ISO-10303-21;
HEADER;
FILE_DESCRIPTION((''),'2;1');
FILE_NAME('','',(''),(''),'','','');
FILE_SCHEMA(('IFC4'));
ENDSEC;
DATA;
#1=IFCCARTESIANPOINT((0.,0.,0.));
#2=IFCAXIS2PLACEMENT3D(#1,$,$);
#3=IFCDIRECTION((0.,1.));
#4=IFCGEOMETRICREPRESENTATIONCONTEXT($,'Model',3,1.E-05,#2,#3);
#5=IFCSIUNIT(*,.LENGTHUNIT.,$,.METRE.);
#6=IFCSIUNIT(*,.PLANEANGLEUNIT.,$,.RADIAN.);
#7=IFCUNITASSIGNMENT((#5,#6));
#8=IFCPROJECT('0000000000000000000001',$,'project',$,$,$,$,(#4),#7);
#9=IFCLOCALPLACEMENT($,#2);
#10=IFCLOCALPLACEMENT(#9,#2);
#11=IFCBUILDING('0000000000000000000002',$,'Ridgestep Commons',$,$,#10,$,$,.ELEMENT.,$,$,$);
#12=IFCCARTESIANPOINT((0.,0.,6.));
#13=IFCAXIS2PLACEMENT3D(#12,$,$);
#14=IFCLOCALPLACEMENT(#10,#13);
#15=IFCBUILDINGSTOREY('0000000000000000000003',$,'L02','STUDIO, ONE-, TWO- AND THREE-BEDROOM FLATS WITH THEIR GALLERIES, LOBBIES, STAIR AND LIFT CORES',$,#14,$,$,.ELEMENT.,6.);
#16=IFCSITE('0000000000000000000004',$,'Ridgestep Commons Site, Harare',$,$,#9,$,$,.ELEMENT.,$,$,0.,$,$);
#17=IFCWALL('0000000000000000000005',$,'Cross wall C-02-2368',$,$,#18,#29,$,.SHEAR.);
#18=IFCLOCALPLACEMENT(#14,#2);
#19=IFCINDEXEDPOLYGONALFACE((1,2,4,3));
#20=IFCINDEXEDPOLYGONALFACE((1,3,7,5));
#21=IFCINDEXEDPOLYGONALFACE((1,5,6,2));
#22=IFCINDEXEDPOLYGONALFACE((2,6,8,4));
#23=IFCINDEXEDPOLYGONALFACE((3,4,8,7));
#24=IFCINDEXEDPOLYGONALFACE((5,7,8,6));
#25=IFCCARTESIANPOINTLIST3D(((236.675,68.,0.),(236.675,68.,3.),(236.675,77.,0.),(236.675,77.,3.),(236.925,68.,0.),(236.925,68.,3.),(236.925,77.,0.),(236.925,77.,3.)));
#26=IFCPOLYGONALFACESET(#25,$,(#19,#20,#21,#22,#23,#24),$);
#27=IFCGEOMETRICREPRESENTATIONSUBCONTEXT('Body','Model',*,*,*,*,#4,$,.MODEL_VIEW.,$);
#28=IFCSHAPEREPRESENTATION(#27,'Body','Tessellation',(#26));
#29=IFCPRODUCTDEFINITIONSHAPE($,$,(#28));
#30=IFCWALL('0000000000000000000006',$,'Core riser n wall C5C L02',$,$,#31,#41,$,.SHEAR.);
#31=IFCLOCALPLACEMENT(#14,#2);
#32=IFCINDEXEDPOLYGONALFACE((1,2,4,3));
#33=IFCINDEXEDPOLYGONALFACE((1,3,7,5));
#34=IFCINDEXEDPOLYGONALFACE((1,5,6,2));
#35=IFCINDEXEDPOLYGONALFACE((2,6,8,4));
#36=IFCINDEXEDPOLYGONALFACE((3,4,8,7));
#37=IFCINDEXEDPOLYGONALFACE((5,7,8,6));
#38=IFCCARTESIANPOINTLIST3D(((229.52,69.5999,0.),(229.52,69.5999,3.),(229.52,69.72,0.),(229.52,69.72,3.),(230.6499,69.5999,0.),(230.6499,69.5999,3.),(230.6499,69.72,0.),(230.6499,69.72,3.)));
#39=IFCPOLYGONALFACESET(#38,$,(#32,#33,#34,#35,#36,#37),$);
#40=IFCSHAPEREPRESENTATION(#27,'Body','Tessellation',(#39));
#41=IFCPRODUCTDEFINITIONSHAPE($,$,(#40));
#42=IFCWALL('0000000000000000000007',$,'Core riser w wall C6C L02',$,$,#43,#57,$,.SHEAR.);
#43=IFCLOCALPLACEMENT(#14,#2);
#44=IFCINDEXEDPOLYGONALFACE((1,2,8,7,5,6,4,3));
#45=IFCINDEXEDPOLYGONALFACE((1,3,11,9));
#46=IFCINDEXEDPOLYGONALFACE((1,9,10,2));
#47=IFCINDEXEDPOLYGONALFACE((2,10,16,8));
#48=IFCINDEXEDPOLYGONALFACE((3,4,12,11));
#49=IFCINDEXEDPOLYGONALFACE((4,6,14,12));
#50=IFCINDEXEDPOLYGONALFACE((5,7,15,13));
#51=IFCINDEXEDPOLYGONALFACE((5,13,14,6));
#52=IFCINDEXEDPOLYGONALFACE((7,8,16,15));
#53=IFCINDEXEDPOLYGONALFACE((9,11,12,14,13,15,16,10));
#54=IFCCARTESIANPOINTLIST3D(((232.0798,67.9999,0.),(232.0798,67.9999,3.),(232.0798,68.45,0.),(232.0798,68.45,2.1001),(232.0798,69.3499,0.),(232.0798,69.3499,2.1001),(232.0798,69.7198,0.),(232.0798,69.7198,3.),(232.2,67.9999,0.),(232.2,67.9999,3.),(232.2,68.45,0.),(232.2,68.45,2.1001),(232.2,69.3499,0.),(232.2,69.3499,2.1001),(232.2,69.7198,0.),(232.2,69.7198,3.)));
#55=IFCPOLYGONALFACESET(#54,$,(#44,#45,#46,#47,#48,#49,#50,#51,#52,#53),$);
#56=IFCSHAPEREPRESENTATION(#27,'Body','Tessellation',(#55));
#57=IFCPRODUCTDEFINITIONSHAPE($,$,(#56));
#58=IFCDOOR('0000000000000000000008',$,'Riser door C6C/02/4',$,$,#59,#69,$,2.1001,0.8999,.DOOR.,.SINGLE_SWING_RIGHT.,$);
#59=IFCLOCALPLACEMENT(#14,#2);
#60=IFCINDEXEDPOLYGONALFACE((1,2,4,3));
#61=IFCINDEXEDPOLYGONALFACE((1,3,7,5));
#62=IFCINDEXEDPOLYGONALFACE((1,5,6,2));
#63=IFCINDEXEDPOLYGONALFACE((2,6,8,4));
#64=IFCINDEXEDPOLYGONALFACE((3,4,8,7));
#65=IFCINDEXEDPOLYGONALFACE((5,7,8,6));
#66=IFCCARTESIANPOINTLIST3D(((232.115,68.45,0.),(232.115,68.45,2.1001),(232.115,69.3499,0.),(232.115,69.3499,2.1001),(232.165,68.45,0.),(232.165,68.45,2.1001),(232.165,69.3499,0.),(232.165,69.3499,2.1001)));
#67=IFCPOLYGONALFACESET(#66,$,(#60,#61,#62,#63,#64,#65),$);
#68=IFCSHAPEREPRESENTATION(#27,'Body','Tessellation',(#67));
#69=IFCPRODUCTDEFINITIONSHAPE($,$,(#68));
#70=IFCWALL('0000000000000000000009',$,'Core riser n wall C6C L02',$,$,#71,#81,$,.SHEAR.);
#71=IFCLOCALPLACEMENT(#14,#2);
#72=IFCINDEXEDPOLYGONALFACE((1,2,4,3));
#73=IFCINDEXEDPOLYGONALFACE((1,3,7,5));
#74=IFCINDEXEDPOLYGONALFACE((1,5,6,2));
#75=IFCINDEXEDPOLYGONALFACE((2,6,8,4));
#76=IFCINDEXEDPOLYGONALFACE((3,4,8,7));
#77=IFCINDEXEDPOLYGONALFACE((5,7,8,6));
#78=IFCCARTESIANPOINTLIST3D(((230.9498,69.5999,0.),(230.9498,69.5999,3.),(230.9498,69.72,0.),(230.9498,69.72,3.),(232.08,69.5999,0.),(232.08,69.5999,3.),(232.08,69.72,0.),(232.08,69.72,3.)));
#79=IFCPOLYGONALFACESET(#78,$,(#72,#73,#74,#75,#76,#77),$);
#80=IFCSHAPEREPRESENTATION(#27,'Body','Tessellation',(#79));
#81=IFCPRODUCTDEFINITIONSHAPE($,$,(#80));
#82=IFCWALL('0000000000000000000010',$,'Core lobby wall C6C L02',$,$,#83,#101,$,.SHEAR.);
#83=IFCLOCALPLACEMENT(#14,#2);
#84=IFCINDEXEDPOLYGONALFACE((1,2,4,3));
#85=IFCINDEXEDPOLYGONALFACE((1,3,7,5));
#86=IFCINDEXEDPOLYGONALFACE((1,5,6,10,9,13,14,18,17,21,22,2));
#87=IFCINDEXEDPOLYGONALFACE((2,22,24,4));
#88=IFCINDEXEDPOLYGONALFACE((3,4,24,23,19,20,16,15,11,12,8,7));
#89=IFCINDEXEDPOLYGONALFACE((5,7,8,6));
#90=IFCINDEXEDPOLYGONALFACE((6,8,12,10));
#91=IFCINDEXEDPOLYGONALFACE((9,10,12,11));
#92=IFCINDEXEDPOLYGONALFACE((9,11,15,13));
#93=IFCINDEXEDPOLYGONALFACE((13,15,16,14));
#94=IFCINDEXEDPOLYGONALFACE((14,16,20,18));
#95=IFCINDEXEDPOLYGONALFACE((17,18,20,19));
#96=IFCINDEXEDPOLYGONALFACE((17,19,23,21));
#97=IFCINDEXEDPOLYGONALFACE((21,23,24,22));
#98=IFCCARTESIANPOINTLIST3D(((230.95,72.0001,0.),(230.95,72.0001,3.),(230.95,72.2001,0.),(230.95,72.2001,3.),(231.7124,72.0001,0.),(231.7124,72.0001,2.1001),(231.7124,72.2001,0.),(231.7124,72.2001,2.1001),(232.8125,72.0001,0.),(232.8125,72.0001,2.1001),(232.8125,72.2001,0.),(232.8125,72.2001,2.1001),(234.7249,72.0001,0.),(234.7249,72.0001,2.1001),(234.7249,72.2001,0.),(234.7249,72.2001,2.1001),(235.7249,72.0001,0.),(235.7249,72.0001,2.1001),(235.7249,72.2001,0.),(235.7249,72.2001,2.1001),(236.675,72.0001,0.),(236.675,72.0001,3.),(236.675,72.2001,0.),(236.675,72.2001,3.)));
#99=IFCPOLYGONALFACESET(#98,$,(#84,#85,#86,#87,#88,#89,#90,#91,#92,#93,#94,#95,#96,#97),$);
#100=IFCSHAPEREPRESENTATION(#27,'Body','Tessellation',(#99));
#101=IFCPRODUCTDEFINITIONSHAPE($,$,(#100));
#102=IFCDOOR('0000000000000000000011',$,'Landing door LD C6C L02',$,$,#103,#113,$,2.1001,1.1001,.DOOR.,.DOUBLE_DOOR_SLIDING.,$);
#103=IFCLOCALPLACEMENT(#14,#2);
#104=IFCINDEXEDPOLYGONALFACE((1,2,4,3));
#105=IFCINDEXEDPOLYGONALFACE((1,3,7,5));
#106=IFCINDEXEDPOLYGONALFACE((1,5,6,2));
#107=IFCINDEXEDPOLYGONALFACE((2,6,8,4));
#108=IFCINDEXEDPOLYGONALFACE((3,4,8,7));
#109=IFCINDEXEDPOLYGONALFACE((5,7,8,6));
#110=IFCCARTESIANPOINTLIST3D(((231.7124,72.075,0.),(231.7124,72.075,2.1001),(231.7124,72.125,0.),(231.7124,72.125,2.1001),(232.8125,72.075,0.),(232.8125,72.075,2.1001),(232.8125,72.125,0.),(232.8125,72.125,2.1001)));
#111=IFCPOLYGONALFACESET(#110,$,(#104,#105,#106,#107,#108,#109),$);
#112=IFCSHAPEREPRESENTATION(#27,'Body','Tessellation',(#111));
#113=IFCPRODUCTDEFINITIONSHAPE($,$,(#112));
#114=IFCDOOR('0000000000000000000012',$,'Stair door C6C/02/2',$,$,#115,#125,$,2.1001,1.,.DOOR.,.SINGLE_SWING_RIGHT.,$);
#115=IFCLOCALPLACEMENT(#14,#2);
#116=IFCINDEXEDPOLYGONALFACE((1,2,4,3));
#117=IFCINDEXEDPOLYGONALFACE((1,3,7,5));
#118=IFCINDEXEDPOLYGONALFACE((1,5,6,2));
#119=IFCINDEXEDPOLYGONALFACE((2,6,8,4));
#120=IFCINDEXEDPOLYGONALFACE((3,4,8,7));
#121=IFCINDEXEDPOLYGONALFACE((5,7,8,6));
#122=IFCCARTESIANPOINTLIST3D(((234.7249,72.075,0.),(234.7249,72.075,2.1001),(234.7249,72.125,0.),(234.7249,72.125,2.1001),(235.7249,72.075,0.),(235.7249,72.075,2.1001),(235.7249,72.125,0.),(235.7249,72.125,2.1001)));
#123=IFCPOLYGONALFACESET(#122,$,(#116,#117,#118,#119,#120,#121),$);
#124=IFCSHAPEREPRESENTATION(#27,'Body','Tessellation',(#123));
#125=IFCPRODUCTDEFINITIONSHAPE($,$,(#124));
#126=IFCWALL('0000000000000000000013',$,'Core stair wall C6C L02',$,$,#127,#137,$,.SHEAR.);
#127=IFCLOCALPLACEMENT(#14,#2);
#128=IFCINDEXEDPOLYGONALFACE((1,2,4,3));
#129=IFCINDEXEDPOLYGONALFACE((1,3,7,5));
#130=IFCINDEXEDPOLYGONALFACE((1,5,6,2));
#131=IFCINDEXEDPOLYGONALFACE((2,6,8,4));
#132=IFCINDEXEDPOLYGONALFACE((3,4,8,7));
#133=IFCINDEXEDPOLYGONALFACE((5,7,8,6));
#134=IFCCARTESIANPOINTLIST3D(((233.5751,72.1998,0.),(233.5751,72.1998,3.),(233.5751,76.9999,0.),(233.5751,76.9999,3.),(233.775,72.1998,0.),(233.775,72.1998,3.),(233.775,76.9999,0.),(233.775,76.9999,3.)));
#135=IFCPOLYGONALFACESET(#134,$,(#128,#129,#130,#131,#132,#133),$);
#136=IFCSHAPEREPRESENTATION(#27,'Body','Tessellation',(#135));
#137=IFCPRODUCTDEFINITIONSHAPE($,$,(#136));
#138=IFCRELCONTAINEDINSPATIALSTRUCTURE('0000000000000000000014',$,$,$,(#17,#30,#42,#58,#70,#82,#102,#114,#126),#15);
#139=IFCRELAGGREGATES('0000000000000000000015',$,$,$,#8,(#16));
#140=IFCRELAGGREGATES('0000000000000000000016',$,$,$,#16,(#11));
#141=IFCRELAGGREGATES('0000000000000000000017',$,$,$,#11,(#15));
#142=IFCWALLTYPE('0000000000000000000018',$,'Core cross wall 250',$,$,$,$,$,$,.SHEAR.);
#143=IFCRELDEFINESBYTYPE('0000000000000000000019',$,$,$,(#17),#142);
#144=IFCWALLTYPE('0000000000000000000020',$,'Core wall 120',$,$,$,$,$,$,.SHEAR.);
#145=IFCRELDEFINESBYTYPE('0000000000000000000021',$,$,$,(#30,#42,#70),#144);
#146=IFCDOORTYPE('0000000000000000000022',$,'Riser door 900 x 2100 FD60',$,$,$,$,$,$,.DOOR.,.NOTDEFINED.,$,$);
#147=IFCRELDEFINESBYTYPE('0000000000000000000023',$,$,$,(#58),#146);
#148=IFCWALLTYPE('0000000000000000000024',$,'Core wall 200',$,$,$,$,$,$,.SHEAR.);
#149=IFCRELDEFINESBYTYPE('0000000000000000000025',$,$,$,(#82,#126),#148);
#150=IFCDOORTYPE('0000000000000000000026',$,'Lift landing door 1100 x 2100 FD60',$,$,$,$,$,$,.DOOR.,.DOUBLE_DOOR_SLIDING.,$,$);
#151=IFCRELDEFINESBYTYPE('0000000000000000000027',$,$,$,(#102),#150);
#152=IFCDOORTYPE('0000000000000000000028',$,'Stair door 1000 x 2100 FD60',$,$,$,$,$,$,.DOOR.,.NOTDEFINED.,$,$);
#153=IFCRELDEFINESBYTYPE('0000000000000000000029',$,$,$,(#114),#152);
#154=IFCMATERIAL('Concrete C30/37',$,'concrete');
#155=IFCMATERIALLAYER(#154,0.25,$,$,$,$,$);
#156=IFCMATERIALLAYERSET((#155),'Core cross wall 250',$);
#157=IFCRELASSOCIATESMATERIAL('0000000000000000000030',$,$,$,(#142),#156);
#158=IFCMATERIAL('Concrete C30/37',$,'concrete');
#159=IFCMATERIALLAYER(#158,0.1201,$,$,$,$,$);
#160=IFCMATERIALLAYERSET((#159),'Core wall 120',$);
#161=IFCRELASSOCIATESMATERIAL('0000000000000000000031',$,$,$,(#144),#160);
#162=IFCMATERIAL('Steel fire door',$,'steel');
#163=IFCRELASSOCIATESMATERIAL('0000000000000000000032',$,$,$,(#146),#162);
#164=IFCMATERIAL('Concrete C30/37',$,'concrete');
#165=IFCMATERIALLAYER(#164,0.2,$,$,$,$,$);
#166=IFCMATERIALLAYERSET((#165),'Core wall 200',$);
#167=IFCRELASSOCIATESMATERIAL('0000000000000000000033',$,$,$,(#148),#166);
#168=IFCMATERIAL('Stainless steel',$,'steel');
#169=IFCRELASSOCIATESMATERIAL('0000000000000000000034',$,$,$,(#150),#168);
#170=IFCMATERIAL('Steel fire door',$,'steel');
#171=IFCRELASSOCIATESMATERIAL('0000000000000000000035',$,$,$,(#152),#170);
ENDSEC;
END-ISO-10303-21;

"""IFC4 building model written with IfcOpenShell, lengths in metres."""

from ifc_helpers import new_model, si_unit, direction, frame, frame_2d, origin, place, context, subcontext, project, spatial, rectangle, extrude, material, layer, layer_set, type_object, element, fill, save


model = new_model("IFC4")

# Units and contexts
model_context = context("Model", 3, precision=1e-05, world=origin(), true_north=direction((0.0, 1.0)))
body_context = subcontext(model_context, "Body", "Model", "MODEL_VIEW")
ifc_project = project(units=[si_unit("LENGTHUNIT", "METRE"), si_unit("PLANEANGLEUNIT", "RADIAN")], contexts=[model_context])

# Site, building, storey
site_placement = place(None, origin())
site = spatial("IfcSite", under=ifc_project, at=site_placement, Name="Ridgestep Commons Site, Harare", CompositionType="ELEMENT", RefElevation=0.0)
building_placement = place(site_placement, origin())
building = spatial("IfcBuilding", under=site, at=building_placement, Name="Ridgestep Commons", CompositionType="ELEMENT")
storey_placement = place(building_placement, frame((0.0, 0.0, 6.0)))
storey = spatial("IfcBuildingStorey", under=building, at=storey_placement, Name="L02", Description="STUDIO, ONE-, TWO- AND THREE-BEDROOM FLATS WITH THEIR GALLERIES, LOBBIES, STAIR AND LIFT CORES", CompositionType="ELEMENT", Elevation=6.0)

# Walls
ifc_material_1 = material(Name="Concrete C30/37", Category="concrete")
ifc_layer_1 = layer(ifc_material_1, 0.25)
ifc_layer_set_1 = layer_set([ifc_layer_1], Name="Core cross wall 250")
wall_type_1 = type_object("IfcWallType", Name="Core cross wall 250", PredefinedType="SHEAR", material=ifc_layer_set_1)
wall_1_placement = place(storey_placement, frame((236.8, 68.0, 0.0), z_axis=(0.0, 0.0, 1.0), x_axis=(0.0, 1.0, 0.0)))
element("IfcWall", 1, at=wall_1_placement, inside=storey, type_object=wall_type_1, Name="Cross wall C-02-2368", PredefinedType="SHEAR", context=body_context, shape_type="SweptSolid", body=[
    extrude(rectangle(XDim=9.0, YDim=0.25, at=frame_2d((4.5, 0.0))), origin(), (0.0, 0.0, 1.0), 3.0),
])
ifc_material_2 = material(Name="Concrete C30/37", Category="concrete")
ifc_layer_2 = layer(ifc_material_2, 0.1201)
ifc_layer_set_2 = layer_set([ifc_layer_2], Name="Core wall 120")
wall_type_2 = type_object("IfcWallType", Name="Core wall 120", PredefinedType="SHEAR", material=ifc_layer_set_2)
wall_2_placement = place(storey_placement, frame((229.52, 69.6599, 0.0), z_axis=(0.0, 0.0, 1.0), x_axis=(1.0, 0.0, 0.0)))
element("IfcWall", 2, at=wall_2_placement, inside=storey, type_object=wall_type_2, Name="Core riser n wall C5C L02", PredefinedType="SHEAR", context=body_context, shape_type="SweptSolid", body=[
    extrude(rectangle(XDim=1.1299, YDim=0.1201, at=frame_2d((0.5649, 0.0))), origin(), (0.0, 0.0, 1.0), 3.0),
])

# Wall, opening, door
wall_3_placement = place(storey_placement, frame((232.1399, 68.0, 0.0), z_axis=(0.0, 0.0, 1.0), x_axis=(0.0, 1.0, 0.0)))
wall_3 = element("IfcWall", 3, at=wall_3_placement, inside=storey, type_object=wall_type_2, Name="Core riser w wall C6C L02", PredefinedType="SHEAR", context=body_context, shape_type="SweptSolid", body=[
    extrude(rectangle(XDim=1.72, YDim=0.1201, at=frame_2d((0.8599, 0.0))), origin(), (0.0, 0.0, 1.0), 3.0),
])
opening_1_placement = place(wall_3_placement, frame((0.45, 0.0, 0.0)))
opening_1 = element("IfcOpeningElement", 4, at=opening_1_placement, cuts=wall_3, PredefinedType="OPENING", context=body_context, shape_type="SweptSolid", body=[
    extrude(rectangle(XDim=0.8999, YDim=2.1001, at=frame_2d((0.45, 1.05))), frame((0.0, 0.0701, 0.0), z_axis=(0.0, -1.0, 0.0), x_axis=(1.0, 0.0, 0.0)), (0.0, 0.0, 1.0), 0.1401),
])
ifc_material_3 = material(Name="Steel fire door", Category="steel")
door_type_1 = type_object("IfcDoorType", Name="Riser door 900 x 2100 FD60", OperationType="NOTDEFINED", PredefinedType="DOOR", material=ifc_material_3)
door_1_placement = place(opening_1_placement, origin())
door_1 = element("IfcDoor", 5, at=door_1_placement, inside=storey, type_object=door_type_1, Name="Riser door C6C/02/4", OperationType="SINGLE_SWING_RIGHT", OverallHeight=2.1001, OverallWidth=0.8999, PredefinedType="DOOR", context=body_context, shape_type="SweptSolid", body=[
    extrude(rectangle(XDim=0.8999, YDim=2.1001, at=frame_2d((0.45, 1.05))), frame((0.0, 0.0249, 0.0), z_axis=(0.0, -1.0, 0.0), x_axis=(1.0, 0.0, 0.0)), (0.0, 0.0, 1.0), 0.05),
])
fill(opening_1, door_1)

# Wall
wall_4_placement = place(storey_placement, frame((230.95, 69.6599, 0.0), z_axis=(0.0, 0.0, 1.0), x_axis=(1.0, 0.0, 0.0)))
element("IfcWall", 6, at=wall_4_placement, inside=storey, type_object=wall_type_2, Name="Core riser n wall C6C L02", PredefinedType="SHEAR", context=body_context, shape_type="SweptSolid", body=[
    extrude(rectangle(XDim=1.1301, YDim=0.1201, at=frame_2d((0.5649, 0.0))), origin(), (0.0, 0.0, 1.0), 3.0),
])

# Wall, openings, doors
ifc_material_4 = material(Name="Concrete C30/37", Category="concrete")
ifc_layer_3 = layer(ifc_material_4, 0.2)
ifc_layer_set_3 = layer_set([ifc_layer_3], Name="Core wall 200")
wall_type_3 = type_object("IfcWallType", Name="Core wall 200", PredefinedType="SHEAR", material=ifc_layer_set_3)
wall_5_placement = place(storey_placement, frame((230.95, 72.1001, 0.0), z_axis=(0.0, 0.0, 1.0), x_axis=(1.0, 0.0, 0.0)))
wall_5 = element("IfcWall", 7, at=wall_5_placement, inside=storey, type_object=wall_type_3, Name="Core lobby wall C6C L02", PredefinedType="SHEAR", context=body_context, shape_type="SweptSolid", body=[
    extrude(rectangle(XDim=5.7251, YDim=0.2, at=frame_2d((2.8625, 0.0))), origin(), (0.0, 0.0, 1.0), 3.0),
])
opening_2_placement = place(wall_5_placement, frame((3.7749, 0.0, 0.0)))
opening_2 = element("IfcOpeningElement", 8, at=opening_2_placement, cuts=wall_5, PredefinedType="OPENING", context=body_context, shape_type="SweptSolid", body=[
    extrude(rectangle(XDim=1.0, YDim=2.1001, at=frame_2d((0.5, 1.05))), frame((0.0, 0.1099, 0.0), z_axis=(0.0, -1.0, 0.0), x_axis=(1.0, 0.0, 0.0)), (0.0, 0.0, 1.0), 0.22),
])
opening_3_placement = place(wall_5_placement, frame((0.7625, 0.0, 0.0)))
opening_3 = element("IfcOpeningElement", 9, at=opening_3_placement, cuts=wall_5, PredefinedType="OPENING", context=body_context, shape_type="SweptSolid", body=[
    extrude(rectangle(XDim=1.1001, YDim=2.1001, at=frame_2d((0.55, 1.05))), frame((0.0, 0.1099, 0.0), z_axis=(0.0, -1.0, 0.0), x_axis=(1.0, 0.0, 0.0)), (0.0, 0.0, 1.0), 0.22),
])
ifc_material_5 = material(Name="Stainless steel", Category="steel")
door_type_2 = type_object("IfcDoorType", Name="Lift landing door 1100 x 2100 FD60", OperationType="DOUBLE_DOOR_SLIDING", PredefinedType="DOOR", material=ifc_material_5)
door_2_placement = place(opening_3_placement, origin())
door_2 = element("IfcDoor", 10, at=door_2_placement, inside=storey, type_object=door_type_2, Name="Landing door LD C6C L02", OperationType="DOUBLE_DOOR_SLIDING", OverallHeight=2.1001, OverallWidth=1.1001, PredefinedType="DOOR", context=body_context, shape_type="SweptSolid", body=[
    extrude(rectangle(XDim=1.1001, YDim=2.1001, at=frame_2d((0.55, 1.05))), frame((0.0, 0.0249, 0.0), z_axis=(0.0, -1.0, 0.0), x_axis=(1.0, 0.0, 0.0)), (0.0, 0.0, 1.0), 0.05),
])
fill(opening_3, door_2)
ifc_material_6 = material(Name="Steel fire door", Category="steel")
door_type_3 = type_object("IfcDoorType", Name="Stair door 1000 x 2100 FD60", OperationType="NOTDEFINED", PredefinedType="DOOR", material=ifc_material_6)
door_3_placement = place(opening_2_placement, origin())
door_3 = element("IfcDoor", 11, at=door_3_placement, inside=storey, type_object=door_type_3, Name="Stair door C6C/02/2", OperationType="SINGLE_SWING_RIGHT", OverallHeight=2.1001, OverallWidth=1.0, PredefinedType="DOOR", context=body_context, shape_type="SweptSolid", body=[
    extrude(rectangle(XDim=1.0, YDim=2.1001, at=frame_2d((0.5, 1.05))), frame((0.0, 0.0249, 0.0), z_axis=(0.0, -1.0, 0.0), x_axis=(1.0, 0.0, 0.0)), (0.0, 0.0, 1.0), 0.05),
])
fill(opening_2, door_3)

# Wall
wall_6_placement = place(storey_placement, frame((233.675, 72.2, 0.0), z_axis=(0.0, 0.0, 1.0), x_axis=(0.0, 1.0, 0.0)))
element("IfcWall", 12, at=wall_6_placement, inside=storey, type_object=wall_type_3, Name="Core stair wall C6C L02", PredefinedType="SHEAR", context=body_context, shape_type="SweptSolid", body=[
    extrude(rectangle(XDim=4.8, YDim=0.2, at=frame_2d((2.3999, 0.0))), origin(), (0.0, 0.0, 1.0), 3.0),
])

save(model, "model.ifc")
